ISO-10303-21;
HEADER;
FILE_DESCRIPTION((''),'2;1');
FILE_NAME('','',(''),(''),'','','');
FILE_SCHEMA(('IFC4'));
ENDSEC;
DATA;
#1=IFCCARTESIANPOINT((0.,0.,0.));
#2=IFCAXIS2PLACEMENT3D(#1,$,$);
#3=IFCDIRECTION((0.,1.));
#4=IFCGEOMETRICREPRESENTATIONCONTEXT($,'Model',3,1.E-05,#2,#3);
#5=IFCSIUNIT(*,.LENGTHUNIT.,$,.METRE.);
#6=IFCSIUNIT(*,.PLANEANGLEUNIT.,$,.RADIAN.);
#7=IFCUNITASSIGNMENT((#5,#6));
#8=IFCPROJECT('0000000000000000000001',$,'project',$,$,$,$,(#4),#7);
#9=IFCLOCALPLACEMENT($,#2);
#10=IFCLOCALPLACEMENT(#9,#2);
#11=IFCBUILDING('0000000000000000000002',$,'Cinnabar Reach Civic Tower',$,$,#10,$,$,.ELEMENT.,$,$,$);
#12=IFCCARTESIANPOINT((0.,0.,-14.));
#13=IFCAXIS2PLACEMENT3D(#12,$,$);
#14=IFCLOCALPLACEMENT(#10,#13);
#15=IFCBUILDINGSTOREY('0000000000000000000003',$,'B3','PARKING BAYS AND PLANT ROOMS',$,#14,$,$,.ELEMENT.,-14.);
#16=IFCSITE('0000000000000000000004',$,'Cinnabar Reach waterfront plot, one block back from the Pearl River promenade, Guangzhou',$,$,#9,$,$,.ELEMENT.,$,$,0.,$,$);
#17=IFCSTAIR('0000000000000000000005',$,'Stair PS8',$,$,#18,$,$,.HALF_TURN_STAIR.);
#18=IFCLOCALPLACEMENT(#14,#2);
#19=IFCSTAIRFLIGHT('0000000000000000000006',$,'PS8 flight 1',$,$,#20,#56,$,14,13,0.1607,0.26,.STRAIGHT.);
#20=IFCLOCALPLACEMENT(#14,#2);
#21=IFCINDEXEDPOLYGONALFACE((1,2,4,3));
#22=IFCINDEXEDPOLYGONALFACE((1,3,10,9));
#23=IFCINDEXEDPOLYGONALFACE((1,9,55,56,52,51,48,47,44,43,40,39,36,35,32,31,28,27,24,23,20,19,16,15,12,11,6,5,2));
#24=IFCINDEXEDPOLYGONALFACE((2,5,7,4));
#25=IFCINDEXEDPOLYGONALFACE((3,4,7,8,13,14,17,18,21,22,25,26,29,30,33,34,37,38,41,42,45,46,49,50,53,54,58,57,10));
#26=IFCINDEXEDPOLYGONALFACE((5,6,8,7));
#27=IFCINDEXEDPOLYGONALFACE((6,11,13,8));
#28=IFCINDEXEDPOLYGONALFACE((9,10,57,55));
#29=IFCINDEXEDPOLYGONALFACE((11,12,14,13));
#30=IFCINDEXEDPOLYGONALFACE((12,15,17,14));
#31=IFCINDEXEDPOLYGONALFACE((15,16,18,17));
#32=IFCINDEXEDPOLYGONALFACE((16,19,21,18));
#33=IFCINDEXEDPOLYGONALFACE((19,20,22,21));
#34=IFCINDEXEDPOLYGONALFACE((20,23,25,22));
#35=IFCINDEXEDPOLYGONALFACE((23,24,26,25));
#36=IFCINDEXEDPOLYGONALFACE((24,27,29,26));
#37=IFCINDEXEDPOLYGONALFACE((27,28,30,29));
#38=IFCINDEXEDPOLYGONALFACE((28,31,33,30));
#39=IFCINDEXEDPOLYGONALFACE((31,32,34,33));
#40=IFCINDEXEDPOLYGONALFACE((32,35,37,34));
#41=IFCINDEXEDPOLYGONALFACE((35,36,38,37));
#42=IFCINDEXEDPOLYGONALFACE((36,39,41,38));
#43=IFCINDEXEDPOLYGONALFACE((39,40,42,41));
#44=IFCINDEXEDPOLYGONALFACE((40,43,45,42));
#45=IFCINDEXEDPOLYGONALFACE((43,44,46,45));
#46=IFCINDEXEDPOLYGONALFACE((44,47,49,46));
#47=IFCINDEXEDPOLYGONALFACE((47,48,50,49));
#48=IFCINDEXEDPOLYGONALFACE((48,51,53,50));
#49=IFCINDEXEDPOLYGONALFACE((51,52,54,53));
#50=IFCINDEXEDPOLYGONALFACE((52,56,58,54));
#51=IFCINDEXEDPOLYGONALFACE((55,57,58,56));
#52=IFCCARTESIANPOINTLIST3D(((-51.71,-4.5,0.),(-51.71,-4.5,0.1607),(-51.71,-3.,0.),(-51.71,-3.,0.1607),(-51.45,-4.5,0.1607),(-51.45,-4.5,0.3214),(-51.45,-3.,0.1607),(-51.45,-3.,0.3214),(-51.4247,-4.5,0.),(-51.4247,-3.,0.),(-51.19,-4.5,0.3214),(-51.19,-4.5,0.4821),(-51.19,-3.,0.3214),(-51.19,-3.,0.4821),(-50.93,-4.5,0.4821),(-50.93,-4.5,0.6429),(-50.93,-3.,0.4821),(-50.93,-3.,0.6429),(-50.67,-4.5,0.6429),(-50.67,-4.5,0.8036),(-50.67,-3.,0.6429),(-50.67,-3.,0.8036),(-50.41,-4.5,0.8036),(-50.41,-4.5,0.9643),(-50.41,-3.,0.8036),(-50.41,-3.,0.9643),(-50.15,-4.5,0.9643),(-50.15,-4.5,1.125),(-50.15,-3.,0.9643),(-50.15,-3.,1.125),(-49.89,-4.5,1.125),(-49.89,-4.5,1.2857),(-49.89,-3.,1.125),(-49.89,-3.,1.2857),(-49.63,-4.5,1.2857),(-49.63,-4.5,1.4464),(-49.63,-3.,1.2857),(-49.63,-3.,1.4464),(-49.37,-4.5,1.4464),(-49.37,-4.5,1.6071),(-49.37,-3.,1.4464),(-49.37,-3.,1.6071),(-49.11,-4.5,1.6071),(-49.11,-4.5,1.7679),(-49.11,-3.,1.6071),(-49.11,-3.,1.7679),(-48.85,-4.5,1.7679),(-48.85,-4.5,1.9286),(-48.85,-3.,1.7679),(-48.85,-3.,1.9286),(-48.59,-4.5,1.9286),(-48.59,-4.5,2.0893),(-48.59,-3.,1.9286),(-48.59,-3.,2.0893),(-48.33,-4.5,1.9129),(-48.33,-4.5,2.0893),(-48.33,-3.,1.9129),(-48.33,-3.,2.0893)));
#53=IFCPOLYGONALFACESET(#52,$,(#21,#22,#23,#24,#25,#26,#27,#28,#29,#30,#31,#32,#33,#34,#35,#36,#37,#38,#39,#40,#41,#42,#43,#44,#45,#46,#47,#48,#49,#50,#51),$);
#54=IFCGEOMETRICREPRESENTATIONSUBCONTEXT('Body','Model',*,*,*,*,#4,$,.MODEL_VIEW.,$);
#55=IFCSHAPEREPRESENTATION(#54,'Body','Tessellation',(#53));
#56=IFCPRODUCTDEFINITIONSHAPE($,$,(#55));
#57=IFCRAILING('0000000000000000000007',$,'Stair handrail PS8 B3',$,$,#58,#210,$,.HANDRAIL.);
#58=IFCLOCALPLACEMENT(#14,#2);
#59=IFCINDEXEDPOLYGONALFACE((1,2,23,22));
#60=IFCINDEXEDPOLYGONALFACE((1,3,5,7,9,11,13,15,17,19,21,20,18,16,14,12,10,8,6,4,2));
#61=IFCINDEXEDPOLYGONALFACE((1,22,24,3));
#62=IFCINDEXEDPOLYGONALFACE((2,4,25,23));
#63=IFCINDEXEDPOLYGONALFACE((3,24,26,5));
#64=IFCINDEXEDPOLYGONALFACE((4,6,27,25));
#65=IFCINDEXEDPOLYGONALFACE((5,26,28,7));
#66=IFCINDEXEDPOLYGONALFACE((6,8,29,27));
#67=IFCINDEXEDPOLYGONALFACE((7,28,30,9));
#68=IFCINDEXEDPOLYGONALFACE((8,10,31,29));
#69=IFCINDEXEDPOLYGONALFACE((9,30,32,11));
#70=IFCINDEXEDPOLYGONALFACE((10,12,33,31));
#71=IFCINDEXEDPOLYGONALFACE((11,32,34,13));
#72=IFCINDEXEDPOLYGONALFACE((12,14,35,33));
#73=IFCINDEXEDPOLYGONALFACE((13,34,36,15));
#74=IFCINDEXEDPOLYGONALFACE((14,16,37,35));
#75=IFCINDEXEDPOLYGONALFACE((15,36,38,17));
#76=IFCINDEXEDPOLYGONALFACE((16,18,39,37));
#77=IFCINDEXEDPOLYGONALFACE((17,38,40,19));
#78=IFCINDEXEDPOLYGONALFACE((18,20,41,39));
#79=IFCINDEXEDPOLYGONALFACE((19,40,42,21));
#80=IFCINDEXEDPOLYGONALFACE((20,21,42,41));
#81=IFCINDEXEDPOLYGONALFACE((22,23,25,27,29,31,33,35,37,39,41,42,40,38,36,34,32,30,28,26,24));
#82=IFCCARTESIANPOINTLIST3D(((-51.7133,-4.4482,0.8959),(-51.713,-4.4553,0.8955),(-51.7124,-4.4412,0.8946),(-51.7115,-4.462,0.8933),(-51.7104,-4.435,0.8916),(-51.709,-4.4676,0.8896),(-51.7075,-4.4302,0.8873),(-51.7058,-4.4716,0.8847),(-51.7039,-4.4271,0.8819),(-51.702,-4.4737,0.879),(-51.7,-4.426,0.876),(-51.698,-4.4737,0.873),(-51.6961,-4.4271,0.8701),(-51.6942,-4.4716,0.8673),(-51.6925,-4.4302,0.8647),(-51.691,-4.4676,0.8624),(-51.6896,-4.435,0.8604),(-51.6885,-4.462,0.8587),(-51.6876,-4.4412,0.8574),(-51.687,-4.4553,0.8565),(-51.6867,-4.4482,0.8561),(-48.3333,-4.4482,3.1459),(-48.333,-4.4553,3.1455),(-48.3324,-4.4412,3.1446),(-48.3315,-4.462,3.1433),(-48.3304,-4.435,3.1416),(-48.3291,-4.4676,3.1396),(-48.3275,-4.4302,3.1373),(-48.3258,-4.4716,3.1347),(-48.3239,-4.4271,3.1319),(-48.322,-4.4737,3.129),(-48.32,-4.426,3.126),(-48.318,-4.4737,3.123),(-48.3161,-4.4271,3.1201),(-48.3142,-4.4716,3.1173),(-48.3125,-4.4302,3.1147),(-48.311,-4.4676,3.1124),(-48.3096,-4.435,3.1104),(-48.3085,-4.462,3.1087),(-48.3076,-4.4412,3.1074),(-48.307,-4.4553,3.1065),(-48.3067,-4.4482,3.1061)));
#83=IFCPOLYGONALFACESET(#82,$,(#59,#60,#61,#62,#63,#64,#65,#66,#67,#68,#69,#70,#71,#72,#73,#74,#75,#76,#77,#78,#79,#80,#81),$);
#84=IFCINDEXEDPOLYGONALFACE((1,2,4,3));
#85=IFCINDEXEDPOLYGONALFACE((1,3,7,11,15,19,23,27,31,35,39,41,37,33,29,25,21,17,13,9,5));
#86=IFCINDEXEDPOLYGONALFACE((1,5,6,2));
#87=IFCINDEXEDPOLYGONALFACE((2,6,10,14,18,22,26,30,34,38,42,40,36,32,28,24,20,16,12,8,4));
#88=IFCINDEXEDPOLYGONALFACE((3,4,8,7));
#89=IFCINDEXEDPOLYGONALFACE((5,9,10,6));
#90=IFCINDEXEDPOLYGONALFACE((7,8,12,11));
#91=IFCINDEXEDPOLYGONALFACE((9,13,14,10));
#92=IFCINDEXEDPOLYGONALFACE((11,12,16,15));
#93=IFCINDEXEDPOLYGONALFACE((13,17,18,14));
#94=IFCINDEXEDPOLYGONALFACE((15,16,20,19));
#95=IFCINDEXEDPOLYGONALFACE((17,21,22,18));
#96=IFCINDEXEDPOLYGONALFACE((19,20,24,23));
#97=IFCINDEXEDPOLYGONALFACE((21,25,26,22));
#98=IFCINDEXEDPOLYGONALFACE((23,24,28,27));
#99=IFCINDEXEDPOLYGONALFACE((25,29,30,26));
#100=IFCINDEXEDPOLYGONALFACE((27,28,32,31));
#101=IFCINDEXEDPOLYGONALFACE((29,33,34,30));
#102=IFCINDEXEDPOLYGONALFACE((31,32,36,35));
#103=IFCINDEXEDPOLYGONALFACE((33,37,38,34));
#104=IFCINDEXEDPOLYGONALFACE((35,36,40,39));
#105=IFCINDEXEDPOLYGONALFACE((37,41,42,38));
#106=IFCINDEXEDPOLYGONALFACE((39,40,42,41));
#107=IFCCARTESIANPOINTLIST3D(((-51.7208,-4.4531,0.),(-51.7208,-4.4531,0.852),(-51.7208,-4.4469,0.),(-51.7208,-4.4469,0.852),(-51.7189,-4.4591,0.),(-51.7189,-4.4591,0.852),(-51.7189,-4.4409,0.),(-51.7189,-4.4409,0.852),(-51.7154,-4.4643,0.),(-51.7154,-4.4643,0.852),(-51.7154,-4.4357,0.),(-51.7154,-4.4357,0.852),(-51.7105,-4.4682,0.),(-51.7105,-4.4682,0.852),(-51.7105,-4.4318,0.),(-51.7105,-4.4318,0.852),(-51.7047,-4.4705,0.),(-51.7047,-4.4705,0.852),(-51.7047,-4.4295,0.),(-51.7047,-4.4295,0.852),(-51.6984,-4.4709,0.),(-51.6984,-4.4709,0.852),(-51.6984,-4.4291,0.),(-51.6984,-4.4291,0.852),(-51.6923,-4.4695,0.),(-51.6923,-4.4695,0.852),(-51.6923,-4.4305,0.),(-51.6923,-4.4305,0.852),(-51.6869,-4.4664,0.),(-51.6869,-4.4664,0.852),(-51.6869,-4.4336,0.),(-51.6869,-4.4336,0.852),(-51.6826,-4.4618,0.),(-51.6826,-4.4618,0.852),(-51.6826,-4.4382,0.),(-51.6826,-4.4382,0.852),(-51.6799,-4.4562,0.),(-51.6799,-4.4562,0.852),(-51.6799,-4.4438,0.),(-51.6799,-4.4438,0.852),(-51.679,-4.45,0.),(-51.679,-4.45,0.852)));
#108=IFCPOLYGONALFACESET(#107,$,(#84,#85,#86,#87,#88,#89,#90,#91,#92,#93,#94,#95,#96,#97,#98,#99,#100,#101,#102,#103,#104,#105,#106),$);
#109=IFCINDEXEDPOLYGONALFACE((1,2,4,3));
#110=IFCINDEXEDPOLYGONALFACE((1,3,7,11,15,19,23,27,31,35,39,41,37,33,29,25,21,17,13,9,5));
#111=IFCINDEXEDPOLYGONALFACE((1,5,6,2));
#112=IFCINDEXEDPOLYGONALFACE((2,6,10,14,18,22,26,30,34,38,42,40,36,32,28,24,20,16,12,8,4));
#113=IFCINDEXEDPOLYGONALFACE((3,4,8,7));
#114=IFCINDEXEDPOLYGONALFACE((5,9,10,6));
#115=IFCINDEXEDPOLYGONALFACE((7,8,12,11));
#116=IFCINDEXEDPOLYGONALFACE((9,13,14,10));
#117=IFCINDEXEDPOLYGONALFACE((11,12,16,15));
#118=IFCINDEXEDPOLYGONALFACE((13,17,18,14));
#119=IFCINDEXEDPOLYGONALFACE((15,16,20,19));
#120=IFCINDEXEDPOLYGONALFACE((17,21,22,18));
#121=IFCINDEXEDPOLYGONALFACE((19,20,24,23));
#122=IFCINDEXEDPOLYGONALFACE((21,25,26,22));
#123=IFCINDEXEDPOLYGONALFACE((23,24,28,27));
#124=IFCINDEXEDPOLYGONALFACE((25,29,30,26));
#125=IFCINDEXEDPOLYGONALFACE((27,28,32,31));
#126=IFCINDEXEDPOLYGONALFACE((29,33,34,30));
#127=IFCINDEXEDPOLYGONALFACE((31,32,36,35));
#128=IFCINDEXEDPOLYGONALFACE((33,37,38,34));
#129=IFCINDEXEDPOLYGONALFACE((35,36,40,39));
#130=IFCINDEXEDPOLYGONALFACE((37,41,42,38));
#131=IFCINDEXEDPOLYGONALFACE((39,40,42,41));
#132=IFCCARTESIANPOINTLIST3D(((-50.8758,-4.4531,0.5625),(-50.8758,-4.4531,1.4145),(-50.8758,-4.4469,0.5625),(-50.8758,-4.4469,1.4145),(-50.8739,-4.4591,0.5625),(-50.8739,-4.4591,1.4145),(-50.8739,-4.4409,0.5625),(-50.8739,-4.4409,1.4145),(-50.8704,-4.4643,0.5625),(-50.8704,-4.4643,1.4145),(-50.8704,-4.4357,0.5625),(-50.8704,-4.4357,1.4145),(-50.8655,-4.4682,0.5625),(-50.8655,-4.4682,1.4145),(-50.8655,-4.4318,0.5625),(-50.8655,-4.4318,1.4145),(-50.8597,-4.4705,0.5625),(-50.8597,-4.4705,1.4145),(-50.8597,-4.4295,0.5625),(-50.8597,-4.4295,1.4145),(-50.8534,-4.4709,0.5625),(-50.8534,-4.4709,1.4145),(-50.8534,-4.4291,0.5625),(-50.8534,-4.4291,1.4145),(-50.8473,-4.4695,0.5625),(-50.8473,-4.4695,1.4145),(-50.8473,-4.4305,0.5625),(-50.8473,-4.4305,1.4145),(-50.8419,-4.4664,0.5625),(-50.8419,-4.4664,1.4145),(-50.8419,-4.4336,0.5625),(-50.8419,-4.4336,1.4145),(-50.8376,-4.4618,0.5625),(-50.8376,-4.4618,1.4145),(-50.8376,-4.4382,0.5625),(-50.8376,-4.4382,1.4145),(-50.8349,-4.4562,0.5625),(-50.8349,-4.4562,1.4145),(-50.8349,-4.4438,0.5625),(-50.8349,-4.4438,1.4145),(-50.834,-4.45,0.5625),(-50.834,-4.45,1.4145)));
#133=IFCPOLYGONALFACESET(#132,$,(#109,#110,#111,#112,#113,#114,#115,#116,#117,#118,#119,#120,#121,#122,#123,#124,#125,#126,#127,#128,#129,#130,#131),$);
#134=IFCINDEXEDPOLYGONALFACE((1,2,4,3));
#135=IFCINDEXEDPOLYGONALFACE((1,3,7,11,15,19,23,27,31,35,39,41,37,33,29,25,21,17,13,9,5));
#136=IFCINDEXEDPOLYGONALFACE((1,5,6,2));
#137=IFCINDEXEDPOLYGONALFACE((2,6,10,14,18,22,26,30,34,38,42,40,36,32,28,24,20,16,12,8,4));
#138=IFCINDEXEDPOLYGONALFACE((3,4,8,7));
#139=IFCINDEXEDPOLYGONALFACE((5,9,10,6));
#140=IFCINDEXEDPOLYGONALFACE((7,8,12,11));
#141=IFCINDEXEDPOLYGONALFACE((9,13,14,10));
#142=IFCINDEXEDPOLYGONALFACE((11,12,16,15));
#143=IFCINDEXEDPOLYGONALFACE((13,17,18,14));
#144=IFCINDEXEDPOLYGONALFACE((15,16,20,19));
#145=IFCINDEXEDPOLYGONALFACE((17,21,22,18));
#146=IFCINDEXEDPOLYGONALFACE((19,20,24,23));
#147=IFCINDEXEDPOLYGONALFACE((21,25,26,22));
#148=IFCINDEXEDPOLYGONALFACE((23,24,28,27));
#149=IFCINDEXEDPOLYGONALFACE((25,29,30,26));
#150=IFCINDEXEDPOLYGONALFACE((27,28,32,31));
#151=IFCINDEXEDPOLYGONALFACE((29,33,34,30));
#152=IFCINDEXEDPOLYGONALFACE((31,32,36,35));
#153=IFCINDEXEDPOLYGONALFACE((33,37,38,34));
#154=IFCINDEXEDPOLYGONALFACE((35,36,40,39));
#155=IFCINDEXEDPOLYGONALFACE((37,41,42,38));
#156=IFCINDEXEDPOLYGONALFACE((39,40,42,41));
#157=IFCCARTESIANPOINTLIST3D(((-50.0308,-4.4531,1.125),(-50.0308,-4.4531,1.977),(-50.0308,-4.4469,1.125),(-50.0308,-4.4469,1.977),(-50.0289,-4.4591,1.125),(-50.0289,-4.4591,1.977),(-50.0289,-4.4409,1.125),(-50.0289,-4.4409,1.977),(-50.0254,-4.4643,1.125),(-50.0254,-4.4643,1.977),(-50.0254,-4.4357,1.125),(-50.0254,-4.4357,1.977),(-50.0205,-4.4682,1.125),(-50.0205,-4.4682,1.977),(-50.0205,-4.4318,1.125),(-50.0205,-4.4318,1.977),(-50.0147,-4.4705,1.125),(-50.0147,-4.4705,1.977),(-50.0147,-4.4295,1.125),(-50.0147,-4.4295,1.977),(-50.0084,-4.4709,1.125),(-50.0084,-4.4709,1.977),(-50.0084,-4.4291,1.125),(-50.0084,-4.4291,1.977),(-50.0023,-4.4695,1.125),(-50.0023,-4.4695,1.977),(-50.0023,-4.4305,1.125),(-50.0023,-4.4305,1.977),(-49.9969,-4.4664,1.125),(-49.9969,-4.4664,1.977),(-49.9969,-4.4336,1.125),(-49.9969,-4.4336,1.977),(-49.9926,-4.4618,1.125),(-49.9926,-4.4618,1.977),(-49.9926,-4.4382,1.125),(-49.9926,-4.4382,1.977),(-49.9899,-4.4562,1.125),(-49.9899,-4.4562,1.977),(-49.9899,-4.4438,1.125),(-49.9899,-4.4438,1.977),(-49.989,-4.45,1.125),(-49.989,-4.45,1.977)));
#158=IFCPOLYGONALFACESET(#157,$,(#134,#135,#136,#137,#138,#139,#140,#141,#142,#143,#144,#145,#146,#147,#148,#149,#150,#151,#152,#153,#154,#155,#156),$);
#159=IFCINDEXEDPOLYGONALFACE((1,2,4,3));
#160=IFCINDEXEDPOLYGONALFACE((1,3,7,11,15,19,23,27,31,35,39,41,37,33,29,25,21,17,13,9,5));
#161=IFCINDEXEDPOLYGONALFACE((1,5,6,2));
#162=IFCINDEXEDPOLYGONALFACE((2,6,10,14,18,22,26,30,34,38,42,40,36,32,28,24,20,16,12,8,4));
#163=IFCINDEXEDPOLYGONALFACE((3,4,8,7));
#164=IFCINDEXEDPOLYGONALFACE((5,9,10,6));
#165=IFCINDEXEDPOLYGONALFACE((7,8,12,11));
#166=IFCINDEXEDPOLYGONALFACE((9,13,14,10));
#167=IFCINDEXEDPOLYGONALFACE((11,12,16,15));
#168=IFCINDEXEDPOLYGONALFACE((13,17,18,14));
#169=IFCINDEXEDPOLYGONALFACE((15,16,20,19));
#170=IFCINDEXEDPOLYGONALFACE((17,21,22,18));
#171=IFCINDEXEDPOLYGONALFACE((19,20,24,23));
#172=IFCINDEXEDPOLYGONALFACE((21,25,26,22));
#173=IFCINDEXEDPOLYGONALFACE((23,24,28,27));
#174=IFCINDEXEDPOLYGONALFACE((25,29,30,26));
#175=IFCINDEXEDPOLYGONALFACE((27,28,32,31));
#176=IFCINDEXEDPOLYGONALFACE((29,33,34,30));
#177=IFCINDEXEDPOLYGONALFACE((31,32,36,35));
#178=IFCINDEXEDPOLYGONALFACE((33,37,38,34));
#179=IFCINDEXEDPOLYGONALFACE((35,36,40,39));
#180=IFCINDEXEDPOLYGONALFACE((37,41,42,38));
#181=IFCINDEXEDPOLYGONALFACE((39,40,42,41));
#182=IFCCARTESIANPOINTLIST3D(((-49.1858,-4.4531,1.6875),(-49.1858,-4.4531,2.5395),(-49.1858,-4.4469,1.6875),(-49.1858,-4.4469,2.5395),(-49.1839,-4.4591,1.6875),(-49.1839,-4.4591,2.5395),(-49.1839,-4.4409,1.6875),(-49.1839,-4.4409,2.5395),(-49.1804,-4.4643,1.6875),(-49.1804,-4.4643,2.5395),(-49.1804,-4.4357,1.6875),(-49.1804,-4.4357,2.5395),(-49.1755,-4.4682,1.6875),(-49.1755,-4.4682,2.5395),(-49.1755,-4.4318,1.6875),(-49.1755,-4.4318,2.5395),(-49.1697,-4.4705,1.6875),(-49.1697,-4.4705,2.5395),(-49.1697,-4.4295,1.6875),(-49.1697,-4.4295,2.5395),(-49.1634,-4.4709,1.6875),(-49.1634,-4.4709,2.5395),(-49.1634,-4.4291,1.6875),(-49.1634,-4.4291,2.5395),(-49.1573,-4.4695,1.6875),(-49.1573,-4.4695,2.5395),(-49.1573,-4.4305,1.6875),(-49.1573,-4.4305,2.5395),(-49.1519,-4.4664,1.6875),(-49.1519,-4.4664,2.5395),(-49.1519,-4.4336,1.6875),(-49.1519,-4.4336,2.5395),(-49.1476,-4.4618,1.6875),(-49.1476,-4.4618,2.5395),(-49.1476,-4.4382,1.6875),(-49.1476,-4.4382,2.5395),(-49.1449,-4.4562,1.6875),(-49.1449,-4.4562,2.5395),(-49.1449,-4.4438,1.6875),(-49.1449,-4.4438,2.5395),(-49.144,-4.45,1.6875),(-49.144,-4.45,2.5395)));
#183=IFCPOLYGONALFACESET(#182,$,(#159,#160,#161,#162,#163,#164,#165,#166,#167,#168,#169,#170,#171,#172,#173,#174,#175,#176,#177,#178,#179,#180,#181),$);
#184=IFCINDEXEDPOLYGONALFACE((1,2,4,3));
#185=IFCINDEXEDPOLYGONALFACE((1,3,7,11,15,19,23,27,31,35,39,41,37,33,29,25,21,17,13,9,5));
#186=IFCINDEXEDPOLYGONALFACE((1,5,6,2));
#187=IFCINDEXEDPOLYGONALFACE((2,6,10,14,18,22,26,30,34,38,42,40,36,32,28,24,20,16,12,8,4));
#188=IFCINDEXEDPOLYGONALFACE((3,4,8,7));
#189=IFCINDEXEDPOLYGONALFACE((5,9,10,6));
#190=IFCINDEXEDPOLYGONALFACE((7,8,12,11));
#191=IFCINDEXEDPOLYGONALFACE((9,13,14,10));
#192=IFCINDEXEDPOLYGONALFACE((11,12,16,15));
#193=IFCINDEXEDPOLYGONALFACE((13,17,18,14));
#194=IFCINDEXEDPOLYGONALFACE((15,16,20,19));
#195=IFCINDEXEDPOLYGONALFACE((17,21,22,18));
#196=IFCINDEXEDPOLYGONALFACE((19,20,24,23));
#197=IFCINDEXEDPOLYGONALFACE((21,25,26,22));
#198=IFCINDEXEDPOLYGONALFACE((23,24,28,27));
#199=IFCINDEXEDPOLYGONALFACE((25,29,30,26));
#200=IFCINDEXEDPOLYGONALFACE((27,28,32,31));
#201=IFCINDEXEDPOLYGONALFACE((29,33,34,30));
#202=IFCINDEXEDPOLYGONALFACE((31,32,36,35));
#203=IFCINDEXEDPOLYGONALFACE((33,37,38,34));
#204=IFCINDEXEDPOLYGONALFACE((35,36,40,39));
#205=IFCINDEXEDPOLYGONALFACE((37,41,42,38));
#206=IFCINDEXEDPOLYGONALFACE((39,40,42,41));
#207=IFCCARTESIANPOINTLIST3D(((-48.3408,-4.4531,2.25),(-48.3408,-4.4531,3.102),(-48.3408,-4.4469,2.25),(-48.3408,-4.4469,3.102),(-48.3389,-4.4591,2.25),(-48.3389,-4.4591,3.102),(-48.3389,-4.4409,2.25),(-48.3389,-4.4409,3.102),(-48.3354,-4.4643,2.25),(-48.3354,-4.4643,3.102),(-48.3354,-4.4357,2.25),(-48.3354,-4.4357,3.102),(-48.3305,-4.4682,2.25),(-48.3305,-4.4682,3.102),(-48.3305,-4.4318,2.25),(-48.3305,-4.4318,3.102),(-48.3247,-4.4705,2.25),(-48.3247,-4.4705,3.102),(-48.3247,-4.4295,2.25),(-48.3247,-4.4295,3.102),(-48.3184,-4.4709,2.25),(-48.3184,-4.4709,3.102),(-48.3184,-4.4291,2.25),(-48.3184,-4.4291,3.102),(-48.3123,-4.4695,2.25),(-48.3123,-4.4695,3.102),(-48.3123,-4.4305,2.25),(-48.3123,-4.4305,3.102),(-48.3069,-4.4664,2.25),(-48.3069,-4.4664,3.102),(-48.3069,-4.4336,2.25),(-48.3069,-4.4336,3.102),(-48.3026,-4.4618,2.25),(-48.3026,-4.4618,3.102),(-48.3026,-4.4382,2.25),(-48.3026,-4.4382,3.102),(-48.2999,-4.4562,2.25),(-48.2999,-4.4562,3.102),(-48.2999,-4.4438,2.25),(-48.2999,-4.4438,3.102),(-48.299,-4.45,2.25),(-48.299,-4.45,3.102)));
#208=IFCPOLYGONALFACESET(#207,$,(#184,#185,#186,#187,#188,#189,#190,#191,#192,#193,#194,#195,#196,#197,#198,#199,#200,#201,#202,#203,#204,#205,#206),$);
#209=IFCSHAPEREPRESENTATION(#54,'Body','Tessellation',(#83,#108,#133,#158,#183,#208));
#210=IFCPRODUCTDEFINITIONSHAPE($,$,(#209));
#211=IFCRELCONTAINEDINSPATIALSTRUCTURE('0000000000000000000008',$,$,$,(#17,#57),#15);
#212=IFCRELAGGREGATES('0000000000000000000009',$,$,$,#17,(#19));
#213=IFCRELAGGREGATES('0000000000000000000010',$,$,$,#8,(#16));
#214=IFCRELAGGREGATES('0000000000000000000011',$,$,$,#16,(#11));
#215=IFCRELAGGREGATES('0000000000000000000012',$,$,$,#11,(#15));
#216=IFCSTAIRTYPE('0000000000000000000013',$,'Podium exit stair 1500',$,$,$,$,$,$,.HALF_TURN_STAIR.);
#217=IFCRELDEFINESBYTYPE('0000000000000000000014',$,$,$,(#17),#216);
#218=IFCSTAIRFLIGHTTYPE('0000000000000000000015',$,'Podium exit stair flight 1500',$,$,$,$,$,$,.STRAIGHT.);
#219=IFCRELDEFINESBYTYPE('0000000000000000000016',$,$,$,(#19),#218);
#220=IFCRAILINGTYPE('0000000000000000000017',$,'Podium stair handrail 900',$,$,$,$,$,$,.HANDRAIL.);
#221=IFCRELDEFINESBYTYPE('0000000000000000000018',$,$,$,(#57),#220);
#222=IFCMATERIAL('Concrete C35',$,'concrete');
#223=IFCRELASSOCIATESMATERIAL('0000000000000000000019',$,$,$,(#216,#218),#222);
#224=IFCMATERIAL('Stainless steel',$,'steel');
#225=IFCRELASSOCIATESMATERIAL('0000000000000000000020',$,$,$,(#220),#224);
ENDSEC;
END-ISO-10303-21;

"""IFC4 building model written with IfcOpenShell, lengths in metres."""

from ifc_helpers import new_model, si_unit, direction, frame, origin, origin_2d, place, context, subcontext, project, spatial, polyline, circle, outline, extrude, material, type_object, element, aggregate, save


model = new_model("IFC4")

# Units and contexts
model_context = context("Model", 3, precision=1e-05, world=origin(), true_north=direction((0.0, 1.0)))
body_context = subcontext(model_context, "Body", "Model", "MODEL_VIEW")
ifc_project = project(units=[si_unit("LENGTHUNIT", "METRE"), si_unit("PLANEANGLEUNIT", "RADIAN")], contexts=[model_context])

# Site, building, storey
site_placement = place(None, origin())
site = spatial("IfcSite", under=ifc_project, at=site_placement, Name="Cinnabar Reach waterfront plot, one block back from the Pearl River promenade, Guangzhou", CompositionType="ELEMENT", RefElevation=0.0)
building_placement = place(site_placement, origin())
building = spatial("IfcBuilding", under=site, at=building_placement, Name="Cinnabar Reach Civic Tower", CompositionType="ELEMENT")
storey_placement = place(building_placement, frame((0.0, 0.0, -14.0)))
storey = spatial("IfcBuildingStorey", under=building, at=storey_placement, Name="B3", Description="PARKING BAYS AND PLANT ROOMS", CompositionType="ELEMENT", Elevation=-14.0)

# Stair, stair flight
ifc_material_1 = material(Name="Concrete C35", Category="concrete")
stair_type = type_object("IfcStairType", Name="Podium exit stair 1500", PredefinedType="HALF_TURN_STAIR", material=ifc_material_1)
stair_placement = place(storey_placement, origin())
stair = element("IfcStair", 1, at=stair_placement, inside=storey, type_object=stair_type, Name="Stair PS8", PredefinedType="HALF_TURN_STAIR")
stair_flight_type = type_object("IfcStairFlightType", Name="Podium exit stair flight 1500", PredefinedType="STRAIGHT", material=ifc_material_1)
stair_flight_placement = place(storey_placement, frame((-51.71, -3.75, 0.0), z_axis=(0.0, 0.0, 1.0), x_axis=(1.0, 0.0, 0.0)))
stair_flight = element("IfcStairFlight", 2, at=stair_flight_placement, type_object=stair_flight_type, Name="PS8 flight 1", NumberOfRisers=14, NumberOfTreads=13, PredefinedType="STRAIGHT", RiserHeight=0.1607, TreadLength=0.26, context=body_context, shape_type="SweptSolid", body=[
    extrude(outline(polyline([(0.0, 0.0), (0.0, 0.1607), (0.26, 0.1607), (0.26, 0.3214), (0.52, 0.3214), (0.52, 0.4821), (0.78, 0.4821), (0.78, 0.6429), (1.04, 0.6429), (1.04, 0.8036), (1.3, 0.8036), (1.3, 0.9643), (1.56, 0.9643), (1.56, 1.125), (1.82, 1.125), (1.82, 1.2857), (2.08, 1.2857), (2.08, 1.4464), (2.34, 1.4464), (2.34, 1.6071), (2.6, 1.6071), (2.6, 1.7679), (2.86, 1.7679), (2.86, 1.9286), (3.12, 1.9286), (3.12, 2.0893), (3.38, 2.0893), (3.38, 2.25), (3.38, 1.9129), (0.2853, 0.0), (0.0, 0.0)])), frame((0.0, 0.75, 0.0), z_axis=(0.0, -1.0, 0.0), x_axis=(1.0, 0.0, 0.0)), (0.0, 0.0, 1.0), 1.5),
])
aggregate(stair, [stair_flight])

# Railing
ifc_material_2 = material(Name="Stainless steel", Category="steel")
railing_type_1 = type_object("IfcRailingType", Name="Podium stair handrail 900", PredefinedType="HANDRAIL", material=ifc_material_2)
railing_1_placement = place(storey_placement, frame((-51.7, -4.45, 0.0)))
element("IfcRailing", 3, at=railing_1_placement, inside=storey, type_object=railing_type_1, Name="Stair handrail PS8 B3", PredefinedType="HANDRAIL", context=body_context, shape_type="SweptSolid", body=[
    extrude(circle(Radius=0.024, at=origin_2d()), frame((0.0, 0.0, 0.876), z_axis=(0.832429, 0.0, 0.554132), x_axis=(0.0, 1.0, 0.0)), (0.0, 0.0, 1.0), 4.0604),
    extrude(circle(Radius=0.021, at=origin_2d()), origin(), (0.0, 0.0, 1.0), 0.852),
    extrude(circle(Radius=0.021, at=origin_2d()), frame((0.845, 0.0, 0.5625)), (0.0, 0.0, 1.0), 0.852),
    extrude(circle(Radius=0.021, at=origin_2d()), frame((1.69, 0.0, 1.125)), (0.0, 0.0, 1.0), 0.852),
    extrude(circle(Radius=0.021, at=origin_2d()), frame((2.535, 0.0, 1.6875)), (0.0, 0.0, 1.0), 0.852),
    extrude(circle(Radius=0.021, at=origin_2d()), frame((3.38, 0.0, 2.25)), (0.0, 0.0, 1.0), 0.852),
])

save(model, "model.ifc")
